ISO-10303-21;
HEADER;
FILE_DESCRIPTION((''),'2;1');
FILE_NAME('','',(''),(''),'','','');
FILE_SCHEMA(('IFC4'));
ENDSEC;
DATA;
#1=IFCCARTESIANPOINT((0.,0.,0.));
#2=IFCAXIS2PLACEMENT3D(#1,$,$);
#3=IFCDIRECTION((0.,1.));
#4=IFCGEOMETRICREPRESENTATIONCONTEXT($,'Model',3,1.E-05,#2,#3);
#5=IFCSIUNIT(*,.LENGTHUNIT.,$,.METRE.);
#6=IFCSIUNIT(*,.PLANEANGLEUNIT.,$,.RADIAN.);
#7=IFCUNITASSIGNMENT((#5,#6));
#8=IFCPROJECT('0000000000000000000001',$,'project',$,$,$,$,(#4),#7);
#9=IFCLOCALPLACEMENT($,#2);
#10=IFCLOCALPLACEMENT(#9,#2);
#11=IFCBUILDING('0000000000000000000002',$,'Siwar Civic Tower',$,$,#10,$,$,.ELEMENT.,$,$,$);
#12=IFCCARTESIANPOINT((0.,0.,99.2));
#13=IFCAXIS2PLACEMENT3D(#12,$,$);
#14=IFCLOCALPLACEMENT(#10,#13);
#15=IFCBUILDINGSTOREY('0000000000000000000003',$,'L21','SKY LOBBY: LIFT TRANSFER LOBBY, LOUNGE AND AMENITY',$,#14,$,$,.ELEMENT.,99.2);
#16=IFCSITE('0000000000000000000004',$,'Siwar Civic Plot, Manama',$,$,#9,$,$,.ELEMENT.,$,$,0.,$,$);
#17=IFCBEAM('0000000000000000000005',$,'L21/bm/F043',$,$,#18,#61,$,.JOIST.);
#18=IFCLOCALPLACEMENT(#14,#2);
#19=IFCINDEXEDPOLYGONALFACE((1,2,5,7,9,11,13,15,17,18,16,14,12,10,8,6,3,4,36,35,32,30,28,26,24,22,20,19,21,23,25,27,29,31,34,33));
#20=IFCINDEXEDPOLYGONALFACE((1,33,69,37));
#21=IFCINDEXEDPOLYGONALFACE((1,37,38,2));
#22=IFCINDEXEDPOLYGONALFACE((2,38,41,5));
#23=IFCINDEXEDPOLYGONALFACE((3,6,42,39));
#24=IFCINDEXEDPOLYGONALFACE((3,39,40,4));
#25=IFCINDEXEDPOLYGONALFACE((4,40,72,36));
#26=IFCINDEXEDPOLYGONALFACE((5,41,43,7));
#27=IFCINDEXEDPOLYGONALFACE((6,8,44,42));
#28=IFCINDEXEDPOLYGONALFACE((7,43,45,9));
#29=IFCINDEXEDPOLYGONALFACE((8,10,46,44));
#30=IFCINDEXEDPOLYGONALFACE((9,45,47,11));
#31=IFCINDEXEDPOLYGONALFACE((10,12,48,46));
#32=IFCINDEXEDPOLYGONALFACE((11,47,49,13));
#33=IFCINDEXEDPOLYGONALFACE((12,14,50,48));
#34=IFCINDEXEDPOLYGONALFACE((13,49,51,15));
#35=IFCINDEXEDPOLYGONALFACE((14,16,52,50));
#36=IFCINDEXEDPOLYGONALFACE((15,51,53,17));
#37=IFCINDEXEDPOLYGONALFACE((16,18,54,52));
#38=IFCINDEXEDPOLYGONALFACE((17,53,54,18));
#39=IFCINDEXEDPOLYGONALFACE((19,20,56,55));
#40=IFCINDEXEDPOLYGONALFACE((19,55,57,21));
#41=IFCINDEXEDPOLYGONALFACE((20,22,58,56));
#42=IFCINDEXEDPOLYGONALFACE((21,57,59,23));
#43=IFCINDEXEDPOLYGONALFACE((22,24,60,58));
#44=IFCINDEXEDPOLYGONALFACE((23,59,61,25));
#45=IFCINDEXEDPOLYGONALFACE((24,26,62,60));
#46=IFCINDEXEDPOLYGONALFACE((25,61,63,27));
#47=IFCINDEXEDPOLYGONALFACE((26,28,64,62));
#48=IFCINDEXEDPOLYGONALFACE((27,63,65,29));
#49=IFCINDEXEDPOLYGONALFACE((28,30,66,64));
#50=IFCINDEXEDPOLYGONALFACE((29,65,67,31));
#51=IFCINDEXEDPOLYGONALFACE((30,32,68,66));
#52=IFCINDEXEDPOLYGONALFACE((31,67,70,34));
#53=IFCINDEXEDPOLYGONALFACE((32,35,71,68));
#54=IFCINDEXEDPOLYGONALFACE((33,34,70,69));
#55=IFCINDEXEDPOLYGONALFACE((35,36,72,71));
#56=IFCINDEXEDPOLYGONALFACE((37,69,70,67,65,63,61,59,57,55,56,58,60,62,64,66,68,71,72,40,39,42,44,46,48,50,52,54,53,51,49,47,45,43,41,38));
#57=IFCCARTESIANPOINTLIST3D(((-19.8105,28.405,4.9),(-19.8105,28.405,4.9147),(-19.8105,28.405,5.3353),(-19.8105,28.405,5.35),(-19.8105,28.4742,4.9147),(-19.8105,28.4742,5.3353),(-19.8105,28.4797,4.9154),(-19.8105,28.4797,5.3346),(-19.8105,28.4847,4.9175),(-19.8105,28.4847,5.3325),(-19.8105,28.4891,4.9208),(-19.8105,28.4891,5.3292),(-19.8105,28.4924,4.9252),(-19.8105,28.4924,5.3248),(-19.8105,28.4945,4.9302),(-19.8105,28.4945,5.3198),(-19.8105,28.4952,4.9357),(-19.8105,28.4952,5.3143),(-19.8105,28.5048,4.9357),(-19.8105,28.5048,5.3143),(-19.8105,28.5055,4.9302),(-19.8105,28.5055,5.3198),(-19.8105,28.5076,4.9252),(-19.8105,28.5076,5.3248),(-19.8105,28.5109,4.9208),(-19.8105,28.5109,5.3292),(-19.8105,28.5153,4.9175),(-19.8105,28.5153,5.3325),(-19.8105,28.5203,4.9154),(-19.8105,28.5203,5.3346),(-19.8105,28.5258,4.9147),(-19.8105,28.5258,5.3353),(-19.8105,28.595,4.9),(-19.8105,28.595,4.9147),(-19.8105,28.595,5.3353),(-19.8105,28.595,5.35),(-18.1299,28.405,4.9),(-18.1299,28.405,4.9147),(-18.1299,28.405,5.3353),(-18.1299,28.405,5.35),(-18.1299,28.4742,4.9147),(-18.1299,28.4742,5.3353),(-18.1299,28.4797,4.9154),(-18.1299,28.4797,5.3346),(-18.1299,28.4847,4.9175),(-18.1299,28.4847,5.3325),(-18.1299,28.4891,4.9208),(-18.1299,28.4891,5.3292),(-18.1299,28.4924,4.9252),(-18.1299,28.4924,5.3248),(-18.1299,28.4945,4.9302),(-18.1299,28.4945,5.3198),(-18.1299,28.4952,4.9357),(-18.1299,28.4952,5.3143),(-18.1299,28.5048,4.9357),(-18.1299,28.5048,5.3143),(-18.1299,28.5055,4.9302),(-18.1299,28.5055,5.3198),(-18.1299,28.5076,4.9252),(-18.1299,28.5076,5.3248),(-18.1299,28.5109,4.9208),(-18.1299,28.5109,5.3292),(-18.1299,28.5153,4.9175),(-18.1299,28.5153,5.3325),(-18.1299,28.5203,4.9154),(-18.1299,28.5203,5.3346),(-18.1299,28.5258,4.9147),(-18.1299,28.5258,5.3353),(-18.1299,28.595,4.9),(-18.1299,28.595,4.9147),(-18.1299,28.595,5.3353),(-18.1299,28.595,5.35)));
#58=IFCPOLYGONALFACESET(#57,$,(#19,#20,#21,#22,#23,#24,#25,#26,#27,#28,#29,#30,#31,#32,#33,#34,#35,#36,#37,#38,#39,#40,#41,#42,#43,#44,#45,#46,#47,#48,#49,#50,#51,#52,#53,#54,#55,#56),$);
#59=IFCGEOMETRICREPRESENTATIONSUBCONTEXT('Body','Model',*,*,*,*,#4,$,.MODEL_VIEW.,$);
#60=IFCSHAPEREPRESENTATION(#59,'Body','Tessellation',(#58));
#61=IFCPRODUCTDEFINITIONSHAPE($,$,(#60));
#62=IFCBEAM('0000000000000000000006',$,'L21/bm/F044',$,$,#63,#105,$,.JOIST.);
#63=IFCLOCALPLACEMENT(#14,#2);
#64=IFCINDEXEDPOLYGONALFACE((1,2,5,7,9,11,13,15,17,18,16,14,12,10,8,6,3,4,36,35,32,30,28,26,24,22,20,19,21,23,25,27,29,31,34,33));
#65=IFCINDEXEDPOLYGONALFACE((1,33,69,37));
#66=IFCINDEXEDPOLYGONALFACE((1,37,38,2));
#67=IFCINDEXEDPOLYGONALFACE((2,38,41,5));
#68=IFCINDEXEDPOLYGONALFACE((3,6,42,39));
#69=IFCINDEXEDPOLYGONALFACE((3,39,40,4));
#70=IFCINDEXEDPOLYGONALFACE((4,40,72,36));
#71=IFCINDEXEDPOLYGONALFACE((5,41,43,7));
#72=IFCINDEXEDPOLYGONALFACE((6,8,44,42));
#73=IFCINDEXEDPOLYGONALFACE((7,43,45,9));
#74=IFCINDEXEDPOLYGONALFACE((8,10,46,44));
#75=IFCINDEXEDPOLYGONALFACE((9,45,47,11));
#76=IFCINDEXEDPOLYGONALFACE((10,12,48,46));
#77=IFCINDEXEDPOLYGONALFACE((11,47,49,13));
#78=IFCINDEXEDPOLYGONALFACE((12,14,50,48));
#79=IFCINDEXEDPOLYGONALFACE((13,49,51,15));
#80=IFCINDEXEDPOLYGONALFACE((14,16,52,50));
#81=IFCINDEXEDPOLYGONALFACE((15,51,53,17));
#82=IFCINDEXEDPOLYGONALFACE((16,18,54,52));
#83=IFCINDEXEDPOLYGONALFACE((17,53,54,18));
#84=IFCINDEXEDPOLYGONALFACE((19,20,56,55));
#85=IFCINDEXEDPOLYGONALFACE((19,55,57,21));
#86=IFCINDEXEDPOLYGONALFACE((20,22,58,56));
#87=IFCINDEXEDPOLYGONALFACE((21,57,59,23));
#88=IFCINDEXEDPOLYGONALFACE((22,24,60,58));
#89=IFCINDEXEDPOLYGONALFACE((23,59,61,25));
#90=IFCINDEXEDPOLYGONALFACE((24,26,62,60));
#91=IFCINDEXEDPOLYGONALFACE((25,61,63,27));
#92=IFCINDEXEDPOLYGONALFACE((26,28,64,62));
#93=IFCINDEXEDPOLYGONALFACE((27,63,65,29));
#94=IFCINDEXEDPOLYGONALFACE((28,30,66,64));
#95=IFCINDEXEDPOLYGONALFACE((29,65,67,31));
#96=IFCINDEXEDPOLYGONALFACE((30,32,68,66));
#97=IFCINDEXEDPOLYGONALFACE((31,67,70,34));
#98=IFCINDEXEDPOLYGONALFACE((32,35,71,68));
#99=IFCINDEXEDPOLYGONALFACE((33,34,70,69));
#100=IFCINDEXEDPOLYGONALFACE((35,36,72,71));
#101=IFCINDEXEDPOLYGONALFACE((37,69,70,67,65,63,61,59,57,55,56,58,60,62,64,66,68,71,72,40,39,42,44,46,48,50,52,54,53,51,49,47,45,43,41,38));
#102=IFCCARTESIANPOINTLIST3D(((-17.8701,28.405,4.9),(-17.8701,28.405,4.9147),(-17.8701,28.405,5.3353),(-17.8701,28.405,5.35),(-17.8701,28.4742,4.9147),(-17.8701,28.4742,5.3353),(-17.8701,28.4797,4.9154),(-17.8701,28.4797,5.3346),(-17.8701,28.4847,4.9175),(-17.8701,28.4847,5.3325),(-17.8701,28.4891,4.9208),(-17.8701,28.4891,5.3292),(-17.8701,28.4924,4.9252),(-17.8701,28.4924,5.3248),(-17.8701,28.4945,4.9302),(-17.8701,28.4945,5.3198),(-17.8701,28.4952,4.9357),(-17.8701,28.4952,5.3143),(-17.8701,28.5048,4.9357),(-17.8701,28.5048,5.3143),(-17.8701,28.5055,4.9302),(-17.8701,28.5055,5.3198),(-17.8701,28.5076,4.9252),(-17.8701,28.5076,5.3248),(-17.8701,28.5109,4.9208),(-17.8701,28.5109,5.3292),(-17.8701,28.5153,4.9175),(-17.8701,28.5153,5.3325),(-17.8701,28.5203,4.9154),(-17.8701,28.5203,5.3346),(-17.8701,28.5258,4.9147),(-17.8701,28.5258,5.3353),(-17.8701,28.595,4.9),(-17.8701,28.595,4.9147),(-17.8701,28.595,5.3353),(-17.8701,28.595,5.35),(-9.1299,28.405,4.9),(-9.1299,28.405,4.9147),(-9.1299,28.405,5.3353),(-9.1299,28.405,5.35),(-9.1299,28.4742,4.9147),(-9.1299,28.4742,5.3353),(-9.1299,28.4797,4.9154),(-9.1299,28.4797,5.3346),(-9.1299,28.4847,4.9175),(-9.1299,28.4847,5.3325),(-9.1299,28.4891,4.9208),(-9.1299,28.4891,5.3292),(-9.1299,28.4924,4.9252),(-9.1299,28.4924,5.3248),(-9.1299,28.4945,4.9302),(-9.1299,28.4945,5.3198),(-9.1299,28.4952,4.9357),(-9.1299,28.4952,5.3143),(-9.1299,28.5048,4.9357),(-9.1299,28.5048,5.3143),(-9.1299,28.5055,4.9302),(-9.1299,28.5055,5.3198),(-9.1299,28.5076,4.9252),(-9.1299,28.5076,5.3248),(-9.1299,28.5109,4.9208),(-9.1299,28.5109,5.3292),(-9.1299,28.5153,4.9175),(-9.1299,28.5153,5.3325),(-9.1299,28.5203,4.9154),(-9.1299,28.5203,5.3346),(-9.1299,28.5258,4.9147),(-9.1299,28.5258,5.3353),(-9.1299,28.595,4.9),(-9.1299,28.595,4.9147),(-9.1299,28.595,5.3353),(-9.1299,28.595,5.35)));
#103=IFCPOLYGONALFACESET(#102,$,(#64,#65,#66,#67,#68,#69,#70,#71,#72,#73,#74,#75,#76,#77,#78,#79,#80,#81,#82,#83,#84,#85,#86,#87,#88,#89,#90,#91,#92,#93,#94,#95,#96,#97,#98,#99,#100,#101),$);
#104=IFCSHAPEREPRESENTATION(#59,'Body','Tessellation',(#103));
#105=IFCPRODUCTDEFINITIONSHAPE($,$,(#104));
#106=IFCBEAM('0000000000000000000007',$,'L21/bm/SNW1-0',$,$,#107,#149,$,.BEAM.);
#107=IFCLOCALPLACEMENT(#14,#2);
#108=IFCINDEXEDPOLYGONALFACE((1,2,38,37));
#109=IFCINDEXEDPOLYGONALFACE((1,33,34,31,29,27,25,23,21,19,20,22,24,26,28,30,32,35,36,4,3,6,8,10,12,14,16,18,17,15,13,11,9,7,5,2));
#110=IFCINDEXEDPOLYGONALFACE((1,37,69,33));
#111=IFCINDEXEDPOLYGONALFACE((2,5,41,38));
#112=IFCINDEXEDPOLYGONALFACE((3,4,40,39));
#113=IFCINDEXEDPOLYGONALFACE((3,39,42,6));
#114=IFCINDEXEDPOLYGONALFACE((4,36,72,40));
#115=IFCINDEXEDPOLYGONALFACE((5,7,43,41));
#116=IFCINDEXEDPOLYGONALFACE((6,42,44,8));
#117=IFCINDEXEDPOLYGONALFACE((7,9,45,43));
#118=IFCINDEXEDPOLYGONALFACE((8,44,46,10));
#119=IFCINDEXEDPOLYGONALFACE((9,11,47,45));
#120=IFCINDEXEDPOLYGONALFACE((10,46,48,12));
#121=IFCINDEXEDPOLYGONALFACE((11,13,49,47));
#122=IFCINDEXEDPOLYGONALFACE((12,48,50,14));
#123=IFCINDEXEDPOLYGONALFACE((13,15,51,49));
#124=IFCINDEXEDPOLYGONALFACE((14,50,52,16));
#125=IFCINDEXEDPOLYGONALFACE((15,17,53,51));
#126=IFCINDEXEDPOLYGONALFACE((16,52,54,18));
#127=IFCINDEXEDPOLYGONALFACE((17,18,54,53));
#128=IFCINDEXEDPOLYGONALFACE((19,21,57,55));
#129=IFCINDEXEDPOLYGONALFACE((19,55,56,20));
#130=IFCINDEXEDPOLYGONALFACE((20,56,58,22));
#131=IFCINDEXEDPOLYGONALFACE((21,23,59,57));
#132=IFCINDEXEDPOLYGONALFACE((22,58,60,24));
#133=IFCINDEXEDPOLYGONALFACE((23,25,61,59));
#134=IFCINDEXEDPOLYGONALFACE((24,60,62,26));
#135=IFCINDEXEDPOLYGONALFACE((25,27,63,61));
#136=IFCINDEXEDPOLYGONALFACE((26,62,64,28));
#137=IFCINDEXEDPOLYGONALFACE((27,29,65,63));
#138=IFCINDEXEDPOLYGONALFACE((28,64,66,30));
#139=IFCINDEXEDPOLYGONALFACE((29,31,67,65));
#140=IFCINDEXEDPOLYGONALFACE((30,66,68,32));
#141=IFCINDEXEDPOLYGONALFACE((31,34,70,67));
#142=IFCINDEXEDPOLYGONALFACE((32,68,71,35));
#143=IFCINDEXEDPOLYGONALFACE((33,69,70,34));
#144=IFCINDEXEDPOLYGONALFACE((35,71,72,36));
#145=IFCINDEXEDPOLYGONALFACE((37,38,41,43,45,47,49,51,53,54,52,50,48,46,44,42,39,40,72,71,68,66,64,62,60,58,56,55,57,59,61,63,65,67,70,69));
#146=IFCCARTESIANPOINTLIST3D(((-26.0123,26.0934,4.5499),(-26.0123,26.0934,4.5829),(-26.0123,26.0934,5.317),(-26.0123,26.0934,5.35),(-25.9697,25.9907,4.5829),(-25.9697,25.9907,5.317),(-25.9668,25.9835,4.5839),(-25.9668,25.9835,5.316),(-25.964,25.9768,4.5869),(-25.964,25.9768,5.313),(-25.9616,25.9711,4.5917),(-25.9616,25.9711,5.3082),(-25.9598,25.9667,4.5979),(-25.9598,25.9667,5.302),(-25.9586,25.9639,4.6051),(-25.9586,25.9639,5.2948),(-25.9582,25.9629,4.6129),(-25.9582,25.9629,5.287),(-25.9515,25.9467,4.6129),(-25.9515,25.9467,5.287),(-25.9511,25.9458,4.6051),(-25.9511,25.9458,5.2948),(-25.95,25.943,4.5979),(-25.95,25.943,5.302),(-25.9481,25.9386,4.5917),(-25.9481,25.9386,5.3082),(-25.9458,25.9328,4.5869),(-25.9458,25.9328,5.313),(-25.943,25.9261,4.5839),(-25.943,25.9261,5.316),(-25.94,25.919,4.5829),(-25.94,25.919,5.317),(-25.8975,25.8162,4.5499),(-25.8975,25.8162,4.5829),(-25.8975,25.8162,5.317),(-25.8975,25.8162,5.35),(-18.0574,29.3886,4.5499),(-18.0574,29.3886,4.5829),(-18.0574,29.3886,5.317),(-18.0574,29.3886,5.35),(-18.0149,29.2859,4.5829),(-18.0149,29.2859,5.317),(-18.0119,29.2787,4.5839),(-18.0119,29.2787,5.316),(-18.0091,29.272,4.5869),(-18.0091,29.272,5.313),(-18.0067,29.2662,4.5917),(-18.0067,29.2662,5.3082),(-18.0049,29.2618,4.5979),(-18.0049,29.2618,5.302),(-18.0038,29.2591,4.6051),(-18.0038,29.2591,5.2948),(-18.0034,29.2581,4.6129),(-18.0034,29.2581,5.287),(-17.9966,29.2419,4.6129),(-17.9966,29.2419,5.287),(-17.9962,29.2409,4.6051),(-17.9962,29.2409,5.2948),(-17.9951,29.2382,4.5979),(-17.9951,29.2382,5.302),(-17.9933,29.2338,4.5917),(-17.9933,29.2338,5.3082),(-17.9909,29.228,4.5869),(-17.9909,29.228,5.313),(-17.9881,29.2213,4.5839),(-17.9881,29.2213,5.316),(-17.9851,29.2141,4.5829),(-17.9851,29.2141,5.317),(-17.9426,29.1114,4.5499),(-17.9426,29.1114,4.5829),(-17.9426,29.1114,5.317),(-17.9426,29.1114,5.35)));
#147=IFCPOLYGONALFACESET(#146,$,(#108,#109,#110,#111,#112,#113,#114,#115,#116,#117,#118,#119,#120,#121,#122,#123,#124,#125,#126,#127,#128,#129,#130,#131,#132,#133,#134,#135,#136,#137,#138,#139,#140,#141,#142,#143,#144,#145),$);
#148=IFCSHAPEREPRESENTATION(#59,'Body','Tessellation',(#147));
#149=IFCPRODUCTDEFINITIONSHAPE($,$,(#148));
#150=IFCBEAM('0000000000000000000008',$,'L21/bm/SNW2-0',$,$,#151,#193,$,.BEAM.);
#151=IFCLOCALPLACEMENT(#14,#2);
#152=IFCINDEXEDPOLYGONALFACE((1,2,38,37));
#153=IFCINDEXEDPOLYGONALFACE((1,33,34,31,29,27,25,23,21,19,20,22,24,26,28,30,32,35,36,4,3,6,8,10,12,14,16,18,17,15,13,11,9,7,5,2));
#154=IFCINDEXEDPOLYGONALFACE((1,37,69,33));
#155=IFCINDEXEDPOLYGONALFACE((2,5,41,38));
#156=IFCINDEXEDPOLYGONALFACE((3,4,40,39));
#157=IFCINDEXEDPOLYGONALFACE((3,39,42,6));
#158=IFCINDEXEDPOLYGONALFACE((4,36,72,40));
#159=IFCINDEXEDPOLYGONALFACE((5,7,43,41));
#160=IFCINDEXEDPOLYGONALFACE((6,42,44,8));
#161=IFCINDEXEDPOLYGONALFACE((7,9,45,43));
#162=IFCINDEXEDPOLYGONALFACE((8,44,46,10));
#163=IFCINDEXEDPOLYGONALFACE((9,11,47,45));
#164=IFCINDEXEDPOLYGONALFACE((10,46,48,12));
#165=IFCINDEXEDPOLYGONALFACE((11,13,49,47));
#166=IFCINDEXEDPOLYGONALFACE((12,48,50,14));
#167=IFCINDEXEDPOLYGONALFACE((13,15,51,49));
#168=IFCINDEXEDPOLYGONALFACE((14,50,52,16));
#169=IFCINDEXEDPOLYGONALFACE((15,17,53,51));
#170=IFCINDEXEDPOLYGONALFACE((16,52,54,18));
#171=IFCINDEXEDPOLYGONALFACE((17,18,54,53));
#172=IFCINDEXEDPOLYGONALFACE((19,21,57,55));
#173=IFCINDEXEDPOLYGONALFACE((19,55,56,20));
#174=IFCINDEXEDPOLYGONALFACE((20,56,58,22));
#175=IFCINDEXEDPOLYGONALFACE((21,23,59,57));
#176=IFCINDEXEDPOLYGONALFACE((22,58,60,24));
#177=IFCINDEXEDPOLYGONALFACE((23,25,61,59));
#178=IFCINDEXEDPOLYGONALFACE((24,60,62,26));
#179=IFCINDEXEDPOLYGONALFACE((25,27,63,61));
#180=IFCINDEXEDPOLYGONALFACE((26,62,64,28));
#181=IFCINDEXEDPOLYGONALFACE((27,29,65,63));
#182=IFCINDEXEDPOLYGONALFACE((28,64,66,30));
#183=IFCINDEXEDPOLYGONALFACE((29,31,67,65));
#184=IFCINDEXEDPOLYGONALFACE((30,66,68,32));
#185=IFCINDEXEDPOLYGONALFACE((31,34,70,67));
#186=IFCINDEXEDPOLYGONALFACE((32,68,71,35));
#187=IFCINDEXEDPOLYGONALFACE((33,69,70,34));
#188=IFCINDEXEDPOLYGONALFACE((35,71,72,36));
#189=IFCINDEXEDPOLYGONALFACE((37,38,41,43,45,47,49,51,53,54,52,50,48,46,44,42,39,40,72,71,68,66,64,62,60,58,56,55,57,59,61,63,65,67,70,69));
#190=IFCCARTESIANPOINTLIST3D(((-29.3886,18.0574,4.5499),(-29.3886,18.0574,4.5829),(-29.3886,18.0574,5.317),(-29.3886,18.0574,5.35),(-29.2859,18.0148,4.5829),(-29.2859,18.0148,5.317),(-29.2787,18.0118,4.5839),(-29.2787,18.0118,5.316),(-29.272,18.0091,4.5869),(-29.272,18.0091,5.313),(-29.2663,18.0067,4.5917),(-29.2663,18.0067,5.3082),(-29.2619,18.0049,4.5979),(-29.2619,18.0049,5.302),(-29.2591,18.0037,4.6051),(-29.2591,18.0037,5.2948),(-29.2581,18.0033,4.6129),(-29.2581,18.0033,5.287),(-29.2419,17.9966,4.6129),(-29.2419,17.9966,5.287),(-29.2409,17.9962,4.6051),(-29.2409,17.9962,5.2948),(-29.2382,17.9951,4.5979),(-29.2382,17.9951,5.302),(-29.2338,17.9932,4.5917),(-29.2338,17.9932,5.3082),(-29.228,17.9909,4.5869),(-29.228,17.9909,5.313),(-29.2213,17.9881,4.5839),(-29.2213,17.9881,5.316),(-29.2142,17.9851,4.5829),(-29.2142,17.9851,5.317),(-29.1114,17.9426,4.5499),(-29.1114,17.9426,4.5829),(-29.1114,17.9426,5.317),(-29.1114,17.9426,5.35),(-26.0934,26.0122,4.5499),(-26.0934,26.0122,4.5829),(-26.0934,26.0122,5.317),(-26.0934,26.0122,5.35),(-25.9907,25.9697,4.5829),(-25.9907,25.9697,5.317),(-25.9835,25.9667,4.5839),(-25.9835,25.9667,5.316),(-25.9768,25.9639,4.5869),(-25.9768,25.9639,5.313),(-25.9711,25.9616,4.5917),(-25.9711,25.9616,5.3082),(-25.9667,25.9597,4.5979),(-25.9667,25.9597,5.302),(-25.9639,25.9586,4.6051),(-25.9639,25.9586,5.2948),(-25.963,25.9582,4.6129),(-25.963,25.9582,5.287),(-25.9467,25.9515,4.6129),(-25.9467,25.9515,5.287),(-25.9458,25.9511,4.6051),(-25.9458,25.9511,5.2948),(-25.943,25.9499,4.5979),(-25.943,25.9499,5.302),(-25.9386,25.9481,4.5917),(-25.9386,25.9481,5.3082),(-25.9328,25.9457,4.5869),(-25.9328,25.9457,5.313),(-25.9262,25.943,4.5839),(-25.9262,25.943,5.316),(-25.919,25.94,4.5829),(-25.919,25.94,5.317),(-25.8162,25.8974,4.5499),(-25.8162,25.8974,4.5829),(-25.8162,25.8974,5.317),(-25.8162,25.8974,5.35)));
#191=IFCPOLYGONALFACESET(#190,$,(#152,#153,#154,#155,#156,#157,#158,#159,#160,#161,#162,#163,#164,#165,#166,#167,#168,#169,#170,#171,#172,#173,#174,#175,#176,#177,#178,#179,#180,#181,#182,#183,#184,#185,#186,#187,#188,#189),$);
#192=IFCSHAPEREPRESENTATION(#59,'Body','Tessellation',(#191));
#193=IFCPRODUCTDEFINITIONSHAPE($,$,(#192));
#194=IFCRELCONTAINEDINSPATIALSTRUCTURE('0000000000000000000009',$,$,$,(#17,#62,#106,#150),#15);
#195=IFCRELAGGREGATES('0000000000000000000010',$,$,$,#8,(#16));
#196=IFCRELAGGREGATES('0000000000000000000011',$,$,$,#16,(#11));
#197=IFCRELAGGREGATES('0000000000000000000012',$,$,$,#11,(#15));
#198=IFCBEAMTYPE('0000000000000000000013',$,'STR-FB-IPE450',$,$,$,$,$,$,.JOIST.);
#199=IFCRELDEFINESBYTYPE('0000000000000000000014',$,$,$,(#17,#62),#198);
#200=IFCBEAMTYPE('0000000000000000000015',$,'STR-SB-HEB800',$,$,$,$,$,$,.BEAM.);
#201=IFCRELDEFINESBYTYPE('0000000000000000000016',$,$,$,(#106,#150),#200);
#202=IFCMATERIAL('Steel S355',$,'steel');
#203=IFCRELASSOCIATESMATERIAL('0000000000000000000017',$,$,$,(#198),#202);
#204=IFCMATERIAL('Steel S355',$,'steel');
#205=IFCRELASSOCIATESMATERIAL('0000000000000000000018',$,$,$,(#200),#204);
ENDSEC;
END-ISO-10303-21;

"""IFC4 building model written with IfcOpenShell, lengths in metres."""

from ifc_helpers import new_model, si_unit, direction, frame, origin, origin_2d, place, context, subcontext, project, spatial, i_section, extrude, material, material_profile, profile_set, type_object, element, save


model = new_model("IFC4")

# Units and contexts
model_context = context("Model", 3, precision=1e-05, world=origin(), true_north=direction((0.0, 1.0)))
body_context = subcontext(model_context, "Body", "Model", "MODEL_VIEW")
ifc_project = project(units=[si_unit("LENGTHUNIT", "METRE"), si_unit("PLANEANGLEUNIT", "RADIAN")], contexts=[model_context])

# Site, building, storey
site_placement = place(None, origin())
site = spatial("IfcSite", under=ifc_project, at=site_placement, Name="Siwar Civic Plot, Manama", CompositionType="ELEMENT", RefElevation=0.0)
building_placement = place(site_placement, origin())
building = spatial("IfcBuilding", under=site, at=building_placement, Name="Siwar Civic Tower", CompositionType="ELEMENT")
storey_placement = place(building_placement, frame((0.0, 0.0, 99.2)))
storey = spatial("IfcBuildingStorey", under=building, at=storey_placement, Name="L21", Description="SKY LOBBY: LIFT TRANSFER LOBBY, LOUNGE AND AMENITY", CompositionType="ELEMENT", Elevation=99.2)

# Beams
ifc_material_1 = material(Name="Steel S355", Category="steel")
ifc_material_profile_1 = material_profile(ifc_material_1, i_section(OverallWidth=0.1899, OverallDepth=0.45, WebThickness=0.0095, FlangeThickness=0.0146, FilletRadius=0.021, at=origin_2d()), Name="IPE450")
ifc_profile_set_1 = profile_set([ifc_material_profile_1], Name="Steel S355")
beam_type_1 = type_object("IfcBeamType", Name="STR-FB-IPE450", PredefinedType="JOIST", material=ifc_profile_set_1)
beam_1_placement = place(storey_placement, frame((-19.8105, 28.5, 5.125), z_axis=(1.0, 0.0, 0.0), x_axis=(0.0, 1.0, 0.0)))
element("IfcBeam", 1, at=beam_1_placement, inside=storey, type_object=beam_type_1, Name="L21/bm/F043", PredefinedType="JOIST", context=body_context, shape_type="SweptSolid", body=[
    extrude(i_section(OverallWidth=0.1899, OverallDepth=0.45, WebThickness=0.0095, FlangeThickness=0.0146, FilletRadius=0.021, at=origin_2d()), origin(), (0.0, 0.0, 1.0), 1.6807),
])
beam_2_placement = place(storey_placement, frame((-17.8701, 28.5, 5.125), z_axis=(1.0, 0.0, 0.0), x_axis=(0.0, 1.0, 0.0)))
element("IfcBeam", 2, at=beam_2_placement, inside=storey, type_object=beam_type_1, Name="L21/bm/F044", PredefinedType="JOIST", context=body_context, shape_type="SweptSolid", body=[
    extrude(i_section(OverallWidth=0.1899, OverallDepth=0.45, WebThickness=0.0095, FlangeThickness=0.0146, FilletRadius=0.021, at=origin_2d()), origin(), (0.0, 0.0, 1.0), 8.7402),
])
ifc_material_2 = material(Name="Steel S355", Category="steel")
ifc_material_profile_2 = material_profile(ifc_material_2, i_section(OverallWidth=0.3, OverallDepth=0.8, WebThickness=0.0176, FlangeThickness=0.033, FilletRadius=0.03, at=origin_2d()), Name="HEB800")
ifc_profile_set_2 = profile_set([ifc_material_profile_2], Name="Steel S355")
beam_type_2 = type_object("IfcBeamType", Name="STR-SB-HEB800", PredefinedType="BEAM", material=ifc_profile_set_2)
for number, where, z_axis, x_axis, name in (
    (3, (-18.0, 29.25, 4.95), (-0.923873, -0.3827, 0.0), (0.3827, -0.923873, 0.0), "L21/bm/SNW1-0"),
    (4, (-25.9548, 25.9548, 4.95), (-0.3827, -0.923873, 0.0), (0.923873, -0.3827, 0.0), "L21/bm/SNW2-0"),
):
    element("IfcBeam", number, at=place(storey_placement, frame(where, z_axis=z_axis, x_axis=x_axis)), inside=storey, type_object=beam_type_2, Name=name, PredefinedType="BEAM", context=body_context, shape_type="SweptSolid", body=[
        extrude(i_section(OverallWidth=0.3, OverallDepth=0.8, WebThickness=0.0176, FlangeThickness=0.033, FilletRadius=0.03, at=origin_2d()), origin(), (0.0, 0.0, 1.0), 8.6104),
    ])

save(model, "model.ifc")
